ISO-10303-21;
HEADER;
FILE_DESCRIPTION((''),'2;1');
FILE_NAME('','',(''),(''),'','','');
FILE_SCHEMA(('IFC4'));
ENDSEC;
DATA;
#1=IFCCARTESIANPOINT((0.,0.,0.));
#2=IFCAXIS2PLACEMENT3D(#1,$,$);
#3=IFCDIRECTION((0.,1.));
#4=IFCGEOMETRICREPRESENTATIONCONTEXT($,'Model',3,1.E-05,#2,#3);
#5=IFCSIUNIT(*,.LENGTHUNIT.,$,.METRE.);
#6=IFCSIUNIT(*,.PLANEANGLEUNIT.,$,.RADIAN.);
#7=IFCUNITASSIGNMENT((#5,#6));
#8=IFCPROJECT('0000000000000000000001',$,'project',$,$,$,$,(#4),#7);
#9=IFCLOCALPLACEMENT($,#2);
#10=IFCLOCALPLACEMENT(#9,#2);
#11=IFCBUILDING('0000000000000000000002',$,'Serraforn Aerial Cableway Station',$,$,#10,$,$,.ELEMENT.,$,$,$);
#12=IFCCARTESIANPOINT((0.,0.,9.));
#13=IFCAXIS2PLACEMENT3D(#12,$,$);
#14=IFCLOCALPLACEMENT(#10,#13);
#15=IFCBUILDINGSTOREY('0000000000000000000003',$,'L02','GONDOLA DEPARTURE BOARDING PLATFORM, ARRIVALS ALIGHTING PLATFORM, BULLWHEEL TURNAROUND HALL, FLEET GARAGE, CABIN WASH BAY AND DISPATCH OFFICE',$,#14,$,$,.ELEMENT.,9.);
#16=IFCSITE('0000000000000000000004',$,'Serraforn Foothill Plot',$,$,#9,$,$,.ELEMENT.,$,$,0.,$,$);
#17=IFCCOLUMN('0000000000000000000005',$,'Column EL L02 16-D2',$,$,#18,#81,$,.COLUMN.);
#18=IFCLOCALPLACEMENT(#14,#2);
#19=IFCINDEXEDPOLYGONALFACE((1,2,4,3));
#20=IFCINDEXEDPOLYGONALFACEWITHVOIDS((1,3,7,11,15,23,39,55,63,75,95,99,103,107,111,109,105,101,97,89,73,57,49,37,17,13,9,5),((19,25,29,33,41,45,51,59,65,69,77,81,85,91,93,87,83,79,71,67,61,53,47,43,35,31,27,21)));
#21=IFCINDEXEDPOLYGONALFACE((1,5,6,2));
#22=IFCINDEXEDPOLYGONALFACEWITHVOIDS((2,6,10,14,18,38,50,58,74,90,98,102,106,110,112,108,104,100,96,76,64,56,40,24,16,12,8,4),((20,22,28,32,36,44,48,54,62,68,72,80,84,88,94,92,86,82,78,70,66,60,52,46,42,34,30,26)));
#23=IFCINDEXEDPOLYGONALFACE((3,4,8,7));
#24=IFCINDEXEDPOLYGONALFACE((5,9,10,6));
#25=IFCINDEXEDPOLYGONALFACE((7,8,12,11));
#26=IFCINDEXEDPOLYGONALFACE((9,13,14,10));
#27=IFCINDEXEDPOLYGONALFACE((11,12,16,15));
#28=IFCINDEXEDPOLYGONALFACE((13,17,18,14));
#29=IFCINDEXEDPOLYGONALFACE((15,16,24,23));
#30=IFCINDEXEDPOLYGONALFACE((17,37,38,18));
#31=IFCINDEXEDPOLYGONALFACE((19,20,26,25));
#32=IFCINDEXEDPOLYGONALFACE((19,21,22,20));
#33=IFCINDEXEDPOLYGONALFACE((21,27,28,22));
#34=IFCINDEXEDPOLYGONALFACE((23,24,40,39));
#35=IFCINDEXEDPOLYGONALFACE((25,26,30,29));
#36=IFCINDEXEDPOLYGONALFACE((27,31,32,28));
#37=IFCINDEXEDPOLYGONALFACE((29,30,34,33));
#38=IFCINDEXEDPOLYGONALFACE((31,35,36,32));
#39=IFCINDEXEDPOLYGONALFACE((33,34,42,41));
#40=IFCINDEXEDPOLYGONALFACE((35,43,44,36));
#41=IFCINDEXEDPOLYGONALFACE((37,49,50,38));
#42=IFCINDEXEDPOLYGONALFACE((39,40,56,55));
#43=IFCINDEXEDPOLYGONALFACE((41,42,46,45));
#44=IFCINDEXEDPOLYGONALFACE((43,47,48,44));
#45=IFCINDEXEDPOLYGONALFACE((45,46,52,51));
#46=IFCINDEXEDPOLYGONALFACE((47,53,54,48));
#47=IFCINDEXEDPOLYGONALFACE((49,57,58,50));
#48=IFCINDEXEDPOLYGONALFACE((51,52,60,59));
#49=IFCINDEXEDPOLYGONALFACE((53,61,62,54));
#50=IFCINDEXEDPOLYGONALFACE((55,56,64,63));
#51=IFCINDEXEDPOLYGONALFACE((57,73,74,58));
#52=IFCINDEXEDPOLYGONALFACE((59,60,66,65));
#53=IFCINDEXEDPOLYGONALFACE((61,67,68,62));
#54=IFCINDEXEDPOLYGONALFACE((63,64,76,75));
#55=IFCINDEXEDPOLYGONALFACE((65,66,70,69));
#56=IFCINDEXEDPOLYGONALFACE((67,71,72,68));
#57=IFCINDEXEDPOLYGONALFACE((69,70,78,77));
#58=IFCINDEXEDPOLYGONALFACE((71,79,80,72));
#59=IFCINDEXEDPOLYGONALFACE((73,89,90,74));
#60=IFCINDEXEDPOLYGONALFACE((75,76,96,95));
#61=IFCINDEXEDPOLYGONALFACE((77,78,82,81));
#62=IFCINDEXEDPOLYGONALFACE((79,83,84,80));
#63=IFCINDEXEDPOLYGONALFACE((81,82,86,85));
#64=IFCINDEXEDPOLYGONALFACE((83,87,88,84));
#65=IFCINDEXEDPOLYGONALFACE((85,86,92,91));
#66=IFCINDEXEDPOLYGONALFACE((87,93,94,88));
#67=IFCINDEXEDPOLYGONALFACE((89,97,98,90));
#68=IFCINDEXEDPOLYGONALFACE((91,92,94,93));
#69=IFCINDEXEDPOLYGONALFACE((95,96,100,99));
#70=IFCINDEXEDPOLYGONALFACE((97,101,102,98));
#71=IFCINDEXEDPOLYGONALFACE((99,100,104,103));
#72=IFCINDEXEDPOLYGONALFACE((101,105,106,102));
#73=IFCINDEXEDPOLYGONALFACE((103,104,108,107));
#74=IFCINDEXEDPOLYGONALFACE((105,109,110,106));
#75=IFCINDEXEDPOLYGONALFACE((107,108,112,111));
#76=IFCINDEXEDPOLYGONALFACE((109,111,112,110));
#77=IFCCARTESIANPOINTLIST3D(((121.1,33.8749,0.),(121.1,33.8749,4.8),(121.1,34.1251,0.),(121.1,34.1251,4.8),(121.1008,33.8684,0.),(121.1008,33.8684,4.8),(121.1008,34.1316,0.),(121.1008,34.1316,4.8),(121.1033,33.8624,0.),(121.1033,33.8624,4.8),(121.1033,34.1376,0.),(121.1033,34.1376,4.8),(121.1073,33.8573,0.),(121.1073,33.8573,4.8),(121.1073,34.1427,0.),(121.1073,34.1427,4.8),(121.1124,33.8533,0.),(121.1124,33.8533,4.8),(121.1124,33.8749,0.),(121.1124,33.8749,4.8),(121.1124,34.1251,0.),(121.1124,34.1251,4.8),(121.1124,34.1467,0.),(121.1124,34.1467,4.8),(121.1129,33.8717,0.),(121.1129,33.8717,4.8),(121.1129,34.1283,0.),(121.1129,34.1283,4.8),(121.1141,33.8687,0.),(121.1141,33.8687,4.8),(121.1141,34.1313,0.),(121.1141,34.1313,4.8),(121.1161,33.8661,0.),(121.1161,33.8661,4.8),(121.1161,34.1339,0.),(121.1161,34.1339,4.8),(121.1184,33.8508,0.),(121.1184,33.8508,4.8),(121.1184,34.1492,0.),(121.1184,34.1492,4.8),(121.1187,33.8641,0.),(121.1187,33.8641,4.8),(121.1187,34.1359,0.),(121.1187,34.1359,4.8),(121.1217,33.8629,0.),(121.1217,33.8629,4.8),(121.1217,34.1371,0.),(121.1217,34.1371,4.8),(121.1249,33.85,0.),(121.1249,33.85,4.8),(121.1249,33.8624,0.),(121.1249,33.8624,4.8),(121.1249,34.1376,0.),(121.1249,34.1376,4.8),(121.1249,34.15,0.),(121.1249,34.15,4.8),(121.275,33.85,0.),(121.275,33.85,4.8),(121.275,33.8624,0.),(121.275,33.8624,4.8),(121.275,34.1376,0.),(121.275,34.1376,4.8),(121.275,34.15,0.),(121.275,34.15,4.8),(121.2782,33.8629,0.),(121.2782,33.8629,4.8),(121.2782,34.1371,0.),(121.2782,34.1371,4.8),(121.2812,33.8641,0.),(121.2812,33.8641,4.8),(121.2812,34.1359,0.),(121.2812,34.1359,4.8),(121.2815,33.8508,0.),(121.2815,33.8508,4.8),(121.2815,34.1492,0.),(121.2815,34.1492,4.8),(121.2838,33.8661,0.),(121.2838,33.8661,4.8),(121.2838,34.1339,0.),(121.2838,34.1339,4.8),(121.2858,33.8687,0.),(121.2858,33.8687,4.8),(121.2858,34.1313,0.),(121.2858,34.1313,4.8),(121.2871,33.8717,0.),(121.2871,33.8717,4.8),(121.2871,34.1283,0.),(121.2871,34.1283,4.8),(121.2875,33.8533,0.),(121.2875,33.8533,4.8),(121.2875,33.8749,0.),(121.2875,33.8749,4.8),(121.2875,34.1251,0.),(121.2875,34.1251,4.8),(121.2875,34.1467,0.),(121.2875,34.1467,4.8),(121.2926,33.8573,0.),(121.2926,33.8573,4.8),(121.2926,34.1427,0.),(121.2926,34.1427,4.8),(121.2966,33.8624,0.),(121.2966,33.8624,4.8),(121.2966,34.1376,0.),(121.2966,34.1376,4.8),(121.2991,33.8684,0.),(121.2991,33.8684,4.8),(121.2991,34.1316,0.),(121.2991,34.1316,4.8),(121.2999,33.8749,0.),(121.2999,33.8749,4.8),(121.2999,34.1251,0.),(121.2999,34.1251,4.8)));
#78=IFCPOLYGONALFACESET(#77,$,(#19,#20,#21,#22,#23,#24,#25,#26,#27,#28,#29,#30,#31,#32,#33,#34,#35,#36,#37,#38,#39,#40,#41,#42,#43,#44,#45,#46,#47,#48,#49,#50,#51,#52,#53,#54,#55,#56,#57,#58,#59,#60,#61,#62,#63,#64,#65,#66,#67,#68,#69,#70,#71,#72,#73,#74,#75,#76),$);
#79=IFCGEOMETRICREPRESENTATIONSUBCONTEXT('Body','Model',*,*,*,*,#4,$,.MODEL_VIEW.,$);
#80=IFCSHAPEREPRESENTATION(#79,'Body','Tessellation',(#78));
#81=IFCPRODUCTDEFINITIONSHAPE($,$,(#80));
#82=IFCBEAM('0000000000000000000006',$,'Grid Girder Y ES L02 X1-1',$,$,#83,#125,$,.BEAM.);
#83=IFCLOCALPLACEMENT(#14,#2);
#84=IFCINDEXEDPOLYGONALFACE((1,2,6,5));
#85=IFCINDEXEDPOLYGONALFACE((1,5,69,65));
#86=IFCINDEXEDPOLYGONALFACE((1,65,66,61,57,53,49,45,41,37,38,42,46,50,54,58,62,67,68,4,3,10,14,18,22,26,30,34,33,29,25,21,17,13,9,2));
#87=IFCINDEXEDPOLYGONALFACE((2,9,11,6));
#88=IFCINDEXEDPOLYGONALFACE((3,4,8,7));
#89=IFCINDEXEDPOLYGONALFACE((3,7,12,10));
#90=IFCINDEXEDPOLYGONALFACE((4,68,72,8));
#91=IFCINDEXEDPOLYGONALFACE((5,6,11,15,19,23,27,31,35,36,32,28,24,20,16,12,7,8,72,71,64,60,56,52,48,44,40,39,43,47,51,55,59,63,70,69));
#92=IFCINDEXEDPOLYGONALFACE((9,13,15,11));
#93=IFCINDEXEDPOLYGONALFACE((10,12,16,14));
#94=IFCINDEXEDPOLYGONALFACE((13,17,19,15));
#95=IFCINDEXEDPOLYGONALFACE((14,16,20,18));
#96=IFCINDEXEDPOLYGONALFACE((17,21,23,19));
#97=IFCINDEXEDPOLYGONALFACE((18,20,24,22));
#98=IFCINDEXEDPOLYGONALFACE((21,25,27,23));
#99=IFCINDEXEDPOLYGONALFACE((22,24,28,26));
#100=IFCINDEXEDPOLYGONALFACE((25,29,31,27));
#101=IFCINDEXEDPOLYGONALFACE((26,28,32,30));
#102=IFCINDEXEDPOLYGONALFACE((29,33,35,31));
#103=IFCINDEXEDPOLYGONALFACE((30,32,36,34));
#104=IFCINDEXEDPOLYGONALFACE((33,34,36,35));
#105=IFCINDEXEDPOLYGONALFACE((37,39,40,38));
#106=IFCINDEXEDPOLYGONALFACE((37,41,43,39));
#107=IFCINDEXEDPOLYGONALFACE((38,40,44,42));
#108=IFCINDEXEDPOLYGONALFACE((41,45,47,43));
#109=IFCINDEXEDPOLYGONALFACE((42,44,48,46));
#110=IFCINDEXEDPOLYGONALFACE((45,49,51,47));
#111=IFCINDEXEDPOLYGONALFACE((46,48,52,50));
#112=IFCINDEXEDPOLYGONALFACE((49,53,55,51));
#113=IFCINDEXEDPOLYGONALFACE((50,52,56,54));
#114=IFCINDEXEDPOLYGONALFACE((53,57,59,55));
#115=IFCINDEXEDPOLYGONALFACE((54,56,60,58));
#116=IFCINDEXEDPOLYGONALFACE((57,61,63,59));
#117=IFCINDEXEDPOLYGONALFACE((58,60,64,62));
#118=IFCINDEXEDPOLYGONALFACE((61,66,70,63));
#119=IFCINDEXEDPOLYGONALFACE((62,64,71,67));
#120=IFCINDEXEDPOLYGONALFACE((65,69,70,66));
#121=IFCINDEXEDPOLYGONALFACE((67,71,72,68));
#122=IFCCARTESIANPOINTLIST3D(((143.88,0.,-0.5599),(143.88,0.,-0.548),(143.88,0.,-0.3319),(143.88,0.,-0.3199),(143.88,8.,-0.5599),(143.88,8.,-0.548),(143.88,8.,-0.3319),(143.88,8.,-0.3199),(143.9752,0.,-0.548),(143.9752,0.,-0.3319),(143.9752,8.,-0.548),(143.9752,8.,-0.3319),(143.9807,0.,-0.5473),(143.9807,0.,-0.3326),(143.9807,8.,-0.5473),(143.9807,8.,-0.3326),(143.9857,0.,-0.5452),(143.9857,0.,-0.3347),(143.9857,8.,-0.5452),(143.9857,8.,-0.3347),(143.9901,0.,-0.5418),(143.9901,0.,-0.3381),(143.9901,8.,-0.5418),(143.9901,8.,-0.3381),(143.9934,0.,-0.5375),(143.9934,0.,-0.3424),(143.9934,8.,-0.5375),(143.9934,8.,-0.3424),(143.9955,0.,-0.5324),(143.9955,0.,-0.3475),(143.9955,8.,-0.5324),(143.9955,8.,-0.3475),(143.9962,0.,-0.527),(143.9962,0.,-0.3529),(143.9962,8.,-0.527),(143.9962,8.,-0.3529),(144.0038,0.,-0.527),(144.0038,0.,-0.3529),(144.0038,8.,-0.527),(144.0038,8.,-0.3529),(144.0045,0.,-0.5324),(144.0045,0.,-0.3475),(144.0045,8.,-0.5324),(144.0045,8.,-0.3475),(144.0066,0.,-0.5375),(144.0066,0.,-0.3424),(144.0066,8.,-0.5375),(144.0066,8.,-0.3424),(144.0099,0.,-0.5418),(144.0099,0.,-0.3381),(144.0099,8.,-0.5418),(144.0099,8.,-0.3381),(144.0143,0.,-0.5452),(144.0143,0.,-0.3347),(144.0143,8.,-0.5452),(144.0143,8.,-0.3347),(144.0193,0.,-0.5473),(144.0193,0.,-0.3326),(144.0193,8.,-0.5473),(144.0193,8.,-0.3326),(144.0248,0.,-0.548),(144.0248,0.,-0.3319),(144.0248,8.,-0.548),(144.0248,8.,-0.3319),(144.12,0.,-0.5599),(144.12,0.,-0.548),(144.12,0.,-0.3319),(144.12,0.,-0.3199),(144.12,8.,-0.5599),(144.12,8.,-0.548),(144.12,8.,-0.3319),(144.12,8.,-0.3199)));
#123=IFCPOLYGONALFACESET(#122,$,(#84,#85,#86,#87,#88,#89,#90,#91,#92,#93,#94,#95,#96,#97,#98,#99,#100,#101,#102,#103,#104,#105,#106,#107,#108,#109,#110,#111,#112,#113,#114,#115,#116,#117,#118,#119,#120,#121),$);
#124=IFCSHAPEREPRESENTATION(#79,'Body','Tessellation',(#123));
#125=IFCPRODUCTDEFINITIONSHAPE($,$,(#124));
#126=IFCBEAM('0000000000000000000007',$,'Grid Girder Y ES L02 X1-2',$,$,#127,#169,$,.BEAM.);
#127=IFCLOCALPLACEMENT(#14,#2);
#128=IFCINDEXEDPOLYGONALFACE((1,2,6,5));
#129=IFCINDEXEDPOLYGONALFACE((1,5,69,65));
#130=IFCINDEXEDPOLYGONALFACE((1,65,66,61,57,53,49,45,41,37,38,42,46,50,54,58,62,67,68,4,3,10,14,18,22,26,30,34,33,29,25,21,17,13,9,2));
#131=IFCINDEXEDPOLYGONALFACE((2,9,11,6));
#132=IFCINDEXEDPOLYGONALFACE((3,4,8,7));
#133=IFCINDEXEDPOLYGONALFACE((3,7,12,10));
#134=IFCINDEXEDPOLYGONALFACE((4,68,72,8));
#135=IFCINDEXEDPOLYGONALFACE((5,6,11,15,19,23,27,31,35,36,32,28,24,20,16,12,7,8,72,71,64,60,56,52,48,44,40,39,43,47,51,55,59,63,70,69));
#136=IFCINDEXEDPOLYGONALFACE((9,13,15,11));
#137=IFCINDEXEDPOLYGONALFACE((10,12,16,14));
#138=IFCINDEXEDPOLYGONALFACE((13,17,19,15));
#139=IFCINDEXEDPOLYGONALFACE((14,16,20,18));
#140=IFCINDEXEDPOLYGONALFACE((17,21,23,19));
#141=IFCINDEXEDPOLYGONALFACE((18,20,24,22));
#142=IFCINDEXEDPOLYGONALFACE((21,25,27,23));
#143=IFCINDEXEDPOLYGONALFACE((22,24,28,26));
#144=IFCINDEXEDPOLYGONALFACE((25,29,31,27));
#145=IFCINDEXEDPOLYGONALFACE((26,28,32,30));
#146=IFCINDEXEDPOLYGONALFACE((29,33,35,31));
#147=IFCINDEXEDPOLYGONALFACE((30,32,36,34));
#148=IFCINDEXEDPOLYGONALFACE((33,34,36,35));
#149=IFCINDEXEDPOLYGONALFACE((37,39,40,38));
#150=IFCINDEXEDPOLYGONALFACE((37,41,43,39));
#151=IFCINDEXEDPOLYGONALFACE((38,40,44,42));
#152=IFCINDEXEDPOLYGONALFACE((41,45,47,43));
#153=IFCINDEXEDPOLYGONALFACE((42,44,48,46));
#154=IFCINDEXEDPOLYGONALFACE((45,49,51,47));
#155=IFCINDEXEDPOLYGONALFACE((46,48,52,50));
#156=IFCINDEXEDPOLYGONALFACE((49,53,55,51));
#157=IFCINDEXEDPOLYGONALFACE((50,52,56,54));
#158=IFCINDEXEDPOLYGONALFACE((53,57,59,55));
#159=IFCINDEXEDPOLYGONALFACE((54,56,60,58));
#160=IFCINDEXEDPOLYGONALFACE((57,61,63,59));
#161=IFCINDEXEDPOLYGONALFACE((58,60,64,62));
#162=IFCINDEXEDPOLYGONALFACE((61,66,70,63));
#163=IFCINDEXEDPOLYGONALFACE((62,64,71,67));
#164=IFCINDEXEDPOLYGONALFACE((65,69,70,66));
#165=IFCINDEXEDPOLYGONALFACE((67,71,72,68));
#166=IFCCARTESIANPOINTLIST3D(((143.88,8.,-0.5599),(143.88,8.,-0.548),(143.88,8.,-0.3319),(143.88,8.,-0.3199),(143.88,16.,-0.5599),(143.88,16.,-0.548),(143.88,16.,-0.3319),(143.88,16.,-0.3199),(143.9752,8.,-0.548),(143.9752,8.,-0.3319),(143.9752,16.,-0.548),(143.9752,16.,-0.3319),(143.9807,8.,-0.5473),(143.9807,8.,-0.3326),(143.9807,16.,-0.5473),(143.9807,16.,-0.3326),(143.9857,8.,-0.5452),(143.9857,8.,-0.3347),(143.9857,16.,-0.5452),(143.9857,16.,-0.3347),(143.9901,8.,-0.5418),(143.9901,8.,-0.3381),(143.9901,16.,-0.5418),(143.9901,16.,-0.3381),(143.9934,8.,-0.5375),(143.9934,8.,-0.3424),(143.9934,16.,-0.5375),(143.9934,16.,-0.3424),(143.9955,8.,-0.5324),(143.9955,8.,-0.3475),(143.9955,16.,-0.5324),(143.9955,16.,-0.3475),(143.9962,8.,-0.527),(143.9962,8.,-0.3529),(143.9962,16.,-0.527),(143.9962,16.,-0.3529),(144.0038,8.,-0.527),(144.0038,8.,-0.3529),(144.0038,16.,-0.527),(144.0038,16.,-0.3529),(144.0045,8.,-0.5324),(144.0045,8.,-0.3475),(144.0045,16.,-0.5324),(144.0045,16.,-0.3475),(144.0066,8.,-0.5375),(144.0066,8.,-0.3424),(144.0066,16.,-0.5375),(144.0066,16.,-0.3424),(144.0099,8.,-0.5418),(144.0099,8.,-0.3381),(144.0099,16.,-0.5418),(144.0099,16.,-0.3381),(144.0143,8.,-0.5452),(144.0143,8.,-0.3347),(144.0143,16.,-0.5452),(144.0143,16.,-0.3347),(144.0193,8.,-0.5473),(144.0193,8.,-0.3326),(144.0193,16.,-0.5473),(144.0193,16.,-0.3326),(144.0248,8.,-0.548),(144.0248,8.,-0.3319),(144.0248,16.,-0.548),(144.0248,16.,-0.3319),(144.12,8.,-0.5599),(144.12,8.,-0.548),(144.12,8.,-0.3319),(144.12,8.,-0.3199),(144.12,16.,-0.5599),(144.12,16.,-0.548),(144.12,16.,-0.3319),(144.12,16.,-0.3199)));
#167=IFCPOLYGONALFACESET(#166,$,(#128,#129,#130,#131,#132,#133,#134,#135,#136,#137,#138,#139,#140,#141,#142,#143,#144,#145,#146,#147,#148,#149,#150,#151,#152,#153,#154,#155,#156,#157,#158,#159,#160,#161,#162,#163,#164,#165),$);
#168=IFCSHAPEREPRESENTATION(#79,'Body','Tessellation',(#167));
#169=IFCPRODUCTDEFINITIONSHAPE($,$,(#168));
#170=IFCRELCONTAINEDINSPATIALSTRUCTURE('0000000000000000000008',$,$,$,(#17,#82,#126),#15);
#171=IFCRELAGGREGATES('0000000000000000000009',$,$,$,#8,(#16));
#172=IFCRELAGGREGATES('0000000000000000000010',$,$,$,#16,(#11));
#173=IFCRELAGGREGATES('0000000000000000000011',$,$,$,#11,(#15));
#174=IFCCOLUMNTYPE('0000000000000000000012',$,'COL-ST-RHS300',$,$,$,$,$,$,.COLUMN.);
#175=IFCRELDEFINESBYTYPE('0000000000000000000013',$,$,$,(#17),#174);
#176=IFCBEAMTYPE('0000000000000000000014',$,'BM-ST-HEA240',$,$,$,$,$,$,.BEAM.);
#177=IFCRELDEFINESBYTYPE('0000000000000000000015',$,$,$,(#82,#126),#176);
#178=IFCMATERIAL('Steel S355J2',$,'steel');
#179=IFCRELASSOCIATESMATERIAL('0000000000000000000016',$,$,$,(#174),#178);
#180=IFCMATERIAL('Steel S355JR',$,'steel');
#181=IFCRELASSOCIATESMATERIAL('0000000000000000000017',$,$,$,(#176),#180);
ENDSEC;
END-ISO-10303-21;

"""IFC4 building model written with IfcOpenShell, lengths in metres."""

from ifc_helpers import new_model, si_unit, direction, frame, origin, origin_2d, place, context, subcontext, project, spatial, hollow_rectangle, i_section, extrude, material, material_profile, profile_set, type_object, element, save


model = new_model("IFC4")

# Units and contexts
model_context = context("Model", 3, precision=1e-05, world=origin(), true_north=direction((0.0, 1.0)))
body_context = subcontext(model_context, "Body", "Model", "MODEL_VIEW")
ifc_project = project(units=[si_unit("LENGTHUNIT", "METRE"), si_unit("PLANEANGLEUNIT", "RADIAN")], contexts=[model_context])

# Site, building, storey
site_placement = place(None, origin())
site = spatial("IfcSite", under=ifc_project, at=site_placement, Name="Serraforn Foothill Plot", CompositionType="ELEMENT", RefElevation=0.0)
building_placement = place(site_placement, origin())
building = spatial("IfcBuilding", under=site, at=building_placement, Name="Serraforn Aerial Cableway Station", CompositionType="ELEMENT")
storey_placement = place(building_placement, frame((0.0, 0.0, 9.0)))
storey = spatial("IfcBuildingStorey", under=building, at=storey_placement, Name="L02", Description="GONDOLA DEPARTURE BOARDING PLATFORM, ARRIVALS ALIGHTING PLATFORM, BULLWHEEL TURNAROUND HALL, FLEET GARAGE, CABIN WASH BAY AND DISPATCH OFFICE", CompositionType="ELEMENT", Elevation=9.0)

# Column
ifc_material_1 = material(Name="Steel S355J2", Category="steel")
ifc_material_profile_1 = material_profile(ifc_material_1, hollow_rectangle(XDim=0.2, YDim=0.3, WallThickness=0.0125, InnerFilletRadius=0.0125, OuterFilletRadius=0.0249, at=origin_2d()), Name="RHS 300x200x12.5")
ifc_profile_set_1 = profile_set([ifc_material_profile_1], Name="Steel S355J2")
column_type = type_object("IfcColumnType", Name="COL-ST-RHS300", PredefinedType="COLUMN", material=ifc_profile_set_1)
column_placement = place(storey_placement, frame((121.2, 34.0, 0.0), z_axis=(0.0, 0.0, 1.0), x_axis=(1.0, 0.0, 0.0)))
element("IfcColumn", 1, at=column_placement, inside=storey, type_object=column_type, Name="Column EL L02 16-D2", PredefinedType="COLUMN", context=body_context, shape_type="SweptSolid", body=[
    extrude(hollow_rectangle(XDim=0.2, YDim=0.3, WallThickness=0.0125, InnerFilletRadius=0.0125, OuterFilletRadius=0.0249, at=origin_2d()), origin(), (0.0, 0.0, 1.0), 4.8),
])

# Beams
ifc_material_2 = material(Name="Steel S355JR", Category="steel")
ifc_material_profile_2 = material_profile(ifc_material_2, i_section(OverallWidth=0.24, OverallDepth=0.24, WebThickness=0.0076, FlangeThickness=0.012, FilletRadius=0.021, at=origin_2d()), Name="HEA 240")
ifc_profile_set_2 = profile_set([ifc_material_profile_2], Name="Steel S355JR")
beam_type_1 = type_object("IfcBeamType", Name="BM-ST-HEA240", PredefinedType="BEAM", material=ifc_profile_set_2)
for number, where, z_axis, x_axis, name in (
    (2, (144.0, 0.0, -0.4399), (0.0, 1.0, 0.0), (-1.0, 0.0, 0.0), "Grid Girder Y ES L02 X1-1"),
    (3, (144.0, 8.0, -0.4399), (0.0, 1.0, 0.0), (-1.0, 0.0, 0.0), "Grid Girder Y ES L02 X1-2"),
):
    element("IfcBeam", number, at=place(storey_placement, frame(where, z_axis=z_axis, x_axis=x_axis)), inside=storey, type_object=beam_type_1, Name=name, PredefinedType="BEAM", context=body_context, shape_type="SweptSolid", body=[
        extrude(i_section(OverallWidth=0.24, OverallDepth=0.24, WebThickness=0.0076, FlangeThickness=0.012, FilletRadius=0.021, at=origin_2d()), origin(), (0.0, 0.0, 1.0), 8.0),
    ])

save(model, "model.ifc")
